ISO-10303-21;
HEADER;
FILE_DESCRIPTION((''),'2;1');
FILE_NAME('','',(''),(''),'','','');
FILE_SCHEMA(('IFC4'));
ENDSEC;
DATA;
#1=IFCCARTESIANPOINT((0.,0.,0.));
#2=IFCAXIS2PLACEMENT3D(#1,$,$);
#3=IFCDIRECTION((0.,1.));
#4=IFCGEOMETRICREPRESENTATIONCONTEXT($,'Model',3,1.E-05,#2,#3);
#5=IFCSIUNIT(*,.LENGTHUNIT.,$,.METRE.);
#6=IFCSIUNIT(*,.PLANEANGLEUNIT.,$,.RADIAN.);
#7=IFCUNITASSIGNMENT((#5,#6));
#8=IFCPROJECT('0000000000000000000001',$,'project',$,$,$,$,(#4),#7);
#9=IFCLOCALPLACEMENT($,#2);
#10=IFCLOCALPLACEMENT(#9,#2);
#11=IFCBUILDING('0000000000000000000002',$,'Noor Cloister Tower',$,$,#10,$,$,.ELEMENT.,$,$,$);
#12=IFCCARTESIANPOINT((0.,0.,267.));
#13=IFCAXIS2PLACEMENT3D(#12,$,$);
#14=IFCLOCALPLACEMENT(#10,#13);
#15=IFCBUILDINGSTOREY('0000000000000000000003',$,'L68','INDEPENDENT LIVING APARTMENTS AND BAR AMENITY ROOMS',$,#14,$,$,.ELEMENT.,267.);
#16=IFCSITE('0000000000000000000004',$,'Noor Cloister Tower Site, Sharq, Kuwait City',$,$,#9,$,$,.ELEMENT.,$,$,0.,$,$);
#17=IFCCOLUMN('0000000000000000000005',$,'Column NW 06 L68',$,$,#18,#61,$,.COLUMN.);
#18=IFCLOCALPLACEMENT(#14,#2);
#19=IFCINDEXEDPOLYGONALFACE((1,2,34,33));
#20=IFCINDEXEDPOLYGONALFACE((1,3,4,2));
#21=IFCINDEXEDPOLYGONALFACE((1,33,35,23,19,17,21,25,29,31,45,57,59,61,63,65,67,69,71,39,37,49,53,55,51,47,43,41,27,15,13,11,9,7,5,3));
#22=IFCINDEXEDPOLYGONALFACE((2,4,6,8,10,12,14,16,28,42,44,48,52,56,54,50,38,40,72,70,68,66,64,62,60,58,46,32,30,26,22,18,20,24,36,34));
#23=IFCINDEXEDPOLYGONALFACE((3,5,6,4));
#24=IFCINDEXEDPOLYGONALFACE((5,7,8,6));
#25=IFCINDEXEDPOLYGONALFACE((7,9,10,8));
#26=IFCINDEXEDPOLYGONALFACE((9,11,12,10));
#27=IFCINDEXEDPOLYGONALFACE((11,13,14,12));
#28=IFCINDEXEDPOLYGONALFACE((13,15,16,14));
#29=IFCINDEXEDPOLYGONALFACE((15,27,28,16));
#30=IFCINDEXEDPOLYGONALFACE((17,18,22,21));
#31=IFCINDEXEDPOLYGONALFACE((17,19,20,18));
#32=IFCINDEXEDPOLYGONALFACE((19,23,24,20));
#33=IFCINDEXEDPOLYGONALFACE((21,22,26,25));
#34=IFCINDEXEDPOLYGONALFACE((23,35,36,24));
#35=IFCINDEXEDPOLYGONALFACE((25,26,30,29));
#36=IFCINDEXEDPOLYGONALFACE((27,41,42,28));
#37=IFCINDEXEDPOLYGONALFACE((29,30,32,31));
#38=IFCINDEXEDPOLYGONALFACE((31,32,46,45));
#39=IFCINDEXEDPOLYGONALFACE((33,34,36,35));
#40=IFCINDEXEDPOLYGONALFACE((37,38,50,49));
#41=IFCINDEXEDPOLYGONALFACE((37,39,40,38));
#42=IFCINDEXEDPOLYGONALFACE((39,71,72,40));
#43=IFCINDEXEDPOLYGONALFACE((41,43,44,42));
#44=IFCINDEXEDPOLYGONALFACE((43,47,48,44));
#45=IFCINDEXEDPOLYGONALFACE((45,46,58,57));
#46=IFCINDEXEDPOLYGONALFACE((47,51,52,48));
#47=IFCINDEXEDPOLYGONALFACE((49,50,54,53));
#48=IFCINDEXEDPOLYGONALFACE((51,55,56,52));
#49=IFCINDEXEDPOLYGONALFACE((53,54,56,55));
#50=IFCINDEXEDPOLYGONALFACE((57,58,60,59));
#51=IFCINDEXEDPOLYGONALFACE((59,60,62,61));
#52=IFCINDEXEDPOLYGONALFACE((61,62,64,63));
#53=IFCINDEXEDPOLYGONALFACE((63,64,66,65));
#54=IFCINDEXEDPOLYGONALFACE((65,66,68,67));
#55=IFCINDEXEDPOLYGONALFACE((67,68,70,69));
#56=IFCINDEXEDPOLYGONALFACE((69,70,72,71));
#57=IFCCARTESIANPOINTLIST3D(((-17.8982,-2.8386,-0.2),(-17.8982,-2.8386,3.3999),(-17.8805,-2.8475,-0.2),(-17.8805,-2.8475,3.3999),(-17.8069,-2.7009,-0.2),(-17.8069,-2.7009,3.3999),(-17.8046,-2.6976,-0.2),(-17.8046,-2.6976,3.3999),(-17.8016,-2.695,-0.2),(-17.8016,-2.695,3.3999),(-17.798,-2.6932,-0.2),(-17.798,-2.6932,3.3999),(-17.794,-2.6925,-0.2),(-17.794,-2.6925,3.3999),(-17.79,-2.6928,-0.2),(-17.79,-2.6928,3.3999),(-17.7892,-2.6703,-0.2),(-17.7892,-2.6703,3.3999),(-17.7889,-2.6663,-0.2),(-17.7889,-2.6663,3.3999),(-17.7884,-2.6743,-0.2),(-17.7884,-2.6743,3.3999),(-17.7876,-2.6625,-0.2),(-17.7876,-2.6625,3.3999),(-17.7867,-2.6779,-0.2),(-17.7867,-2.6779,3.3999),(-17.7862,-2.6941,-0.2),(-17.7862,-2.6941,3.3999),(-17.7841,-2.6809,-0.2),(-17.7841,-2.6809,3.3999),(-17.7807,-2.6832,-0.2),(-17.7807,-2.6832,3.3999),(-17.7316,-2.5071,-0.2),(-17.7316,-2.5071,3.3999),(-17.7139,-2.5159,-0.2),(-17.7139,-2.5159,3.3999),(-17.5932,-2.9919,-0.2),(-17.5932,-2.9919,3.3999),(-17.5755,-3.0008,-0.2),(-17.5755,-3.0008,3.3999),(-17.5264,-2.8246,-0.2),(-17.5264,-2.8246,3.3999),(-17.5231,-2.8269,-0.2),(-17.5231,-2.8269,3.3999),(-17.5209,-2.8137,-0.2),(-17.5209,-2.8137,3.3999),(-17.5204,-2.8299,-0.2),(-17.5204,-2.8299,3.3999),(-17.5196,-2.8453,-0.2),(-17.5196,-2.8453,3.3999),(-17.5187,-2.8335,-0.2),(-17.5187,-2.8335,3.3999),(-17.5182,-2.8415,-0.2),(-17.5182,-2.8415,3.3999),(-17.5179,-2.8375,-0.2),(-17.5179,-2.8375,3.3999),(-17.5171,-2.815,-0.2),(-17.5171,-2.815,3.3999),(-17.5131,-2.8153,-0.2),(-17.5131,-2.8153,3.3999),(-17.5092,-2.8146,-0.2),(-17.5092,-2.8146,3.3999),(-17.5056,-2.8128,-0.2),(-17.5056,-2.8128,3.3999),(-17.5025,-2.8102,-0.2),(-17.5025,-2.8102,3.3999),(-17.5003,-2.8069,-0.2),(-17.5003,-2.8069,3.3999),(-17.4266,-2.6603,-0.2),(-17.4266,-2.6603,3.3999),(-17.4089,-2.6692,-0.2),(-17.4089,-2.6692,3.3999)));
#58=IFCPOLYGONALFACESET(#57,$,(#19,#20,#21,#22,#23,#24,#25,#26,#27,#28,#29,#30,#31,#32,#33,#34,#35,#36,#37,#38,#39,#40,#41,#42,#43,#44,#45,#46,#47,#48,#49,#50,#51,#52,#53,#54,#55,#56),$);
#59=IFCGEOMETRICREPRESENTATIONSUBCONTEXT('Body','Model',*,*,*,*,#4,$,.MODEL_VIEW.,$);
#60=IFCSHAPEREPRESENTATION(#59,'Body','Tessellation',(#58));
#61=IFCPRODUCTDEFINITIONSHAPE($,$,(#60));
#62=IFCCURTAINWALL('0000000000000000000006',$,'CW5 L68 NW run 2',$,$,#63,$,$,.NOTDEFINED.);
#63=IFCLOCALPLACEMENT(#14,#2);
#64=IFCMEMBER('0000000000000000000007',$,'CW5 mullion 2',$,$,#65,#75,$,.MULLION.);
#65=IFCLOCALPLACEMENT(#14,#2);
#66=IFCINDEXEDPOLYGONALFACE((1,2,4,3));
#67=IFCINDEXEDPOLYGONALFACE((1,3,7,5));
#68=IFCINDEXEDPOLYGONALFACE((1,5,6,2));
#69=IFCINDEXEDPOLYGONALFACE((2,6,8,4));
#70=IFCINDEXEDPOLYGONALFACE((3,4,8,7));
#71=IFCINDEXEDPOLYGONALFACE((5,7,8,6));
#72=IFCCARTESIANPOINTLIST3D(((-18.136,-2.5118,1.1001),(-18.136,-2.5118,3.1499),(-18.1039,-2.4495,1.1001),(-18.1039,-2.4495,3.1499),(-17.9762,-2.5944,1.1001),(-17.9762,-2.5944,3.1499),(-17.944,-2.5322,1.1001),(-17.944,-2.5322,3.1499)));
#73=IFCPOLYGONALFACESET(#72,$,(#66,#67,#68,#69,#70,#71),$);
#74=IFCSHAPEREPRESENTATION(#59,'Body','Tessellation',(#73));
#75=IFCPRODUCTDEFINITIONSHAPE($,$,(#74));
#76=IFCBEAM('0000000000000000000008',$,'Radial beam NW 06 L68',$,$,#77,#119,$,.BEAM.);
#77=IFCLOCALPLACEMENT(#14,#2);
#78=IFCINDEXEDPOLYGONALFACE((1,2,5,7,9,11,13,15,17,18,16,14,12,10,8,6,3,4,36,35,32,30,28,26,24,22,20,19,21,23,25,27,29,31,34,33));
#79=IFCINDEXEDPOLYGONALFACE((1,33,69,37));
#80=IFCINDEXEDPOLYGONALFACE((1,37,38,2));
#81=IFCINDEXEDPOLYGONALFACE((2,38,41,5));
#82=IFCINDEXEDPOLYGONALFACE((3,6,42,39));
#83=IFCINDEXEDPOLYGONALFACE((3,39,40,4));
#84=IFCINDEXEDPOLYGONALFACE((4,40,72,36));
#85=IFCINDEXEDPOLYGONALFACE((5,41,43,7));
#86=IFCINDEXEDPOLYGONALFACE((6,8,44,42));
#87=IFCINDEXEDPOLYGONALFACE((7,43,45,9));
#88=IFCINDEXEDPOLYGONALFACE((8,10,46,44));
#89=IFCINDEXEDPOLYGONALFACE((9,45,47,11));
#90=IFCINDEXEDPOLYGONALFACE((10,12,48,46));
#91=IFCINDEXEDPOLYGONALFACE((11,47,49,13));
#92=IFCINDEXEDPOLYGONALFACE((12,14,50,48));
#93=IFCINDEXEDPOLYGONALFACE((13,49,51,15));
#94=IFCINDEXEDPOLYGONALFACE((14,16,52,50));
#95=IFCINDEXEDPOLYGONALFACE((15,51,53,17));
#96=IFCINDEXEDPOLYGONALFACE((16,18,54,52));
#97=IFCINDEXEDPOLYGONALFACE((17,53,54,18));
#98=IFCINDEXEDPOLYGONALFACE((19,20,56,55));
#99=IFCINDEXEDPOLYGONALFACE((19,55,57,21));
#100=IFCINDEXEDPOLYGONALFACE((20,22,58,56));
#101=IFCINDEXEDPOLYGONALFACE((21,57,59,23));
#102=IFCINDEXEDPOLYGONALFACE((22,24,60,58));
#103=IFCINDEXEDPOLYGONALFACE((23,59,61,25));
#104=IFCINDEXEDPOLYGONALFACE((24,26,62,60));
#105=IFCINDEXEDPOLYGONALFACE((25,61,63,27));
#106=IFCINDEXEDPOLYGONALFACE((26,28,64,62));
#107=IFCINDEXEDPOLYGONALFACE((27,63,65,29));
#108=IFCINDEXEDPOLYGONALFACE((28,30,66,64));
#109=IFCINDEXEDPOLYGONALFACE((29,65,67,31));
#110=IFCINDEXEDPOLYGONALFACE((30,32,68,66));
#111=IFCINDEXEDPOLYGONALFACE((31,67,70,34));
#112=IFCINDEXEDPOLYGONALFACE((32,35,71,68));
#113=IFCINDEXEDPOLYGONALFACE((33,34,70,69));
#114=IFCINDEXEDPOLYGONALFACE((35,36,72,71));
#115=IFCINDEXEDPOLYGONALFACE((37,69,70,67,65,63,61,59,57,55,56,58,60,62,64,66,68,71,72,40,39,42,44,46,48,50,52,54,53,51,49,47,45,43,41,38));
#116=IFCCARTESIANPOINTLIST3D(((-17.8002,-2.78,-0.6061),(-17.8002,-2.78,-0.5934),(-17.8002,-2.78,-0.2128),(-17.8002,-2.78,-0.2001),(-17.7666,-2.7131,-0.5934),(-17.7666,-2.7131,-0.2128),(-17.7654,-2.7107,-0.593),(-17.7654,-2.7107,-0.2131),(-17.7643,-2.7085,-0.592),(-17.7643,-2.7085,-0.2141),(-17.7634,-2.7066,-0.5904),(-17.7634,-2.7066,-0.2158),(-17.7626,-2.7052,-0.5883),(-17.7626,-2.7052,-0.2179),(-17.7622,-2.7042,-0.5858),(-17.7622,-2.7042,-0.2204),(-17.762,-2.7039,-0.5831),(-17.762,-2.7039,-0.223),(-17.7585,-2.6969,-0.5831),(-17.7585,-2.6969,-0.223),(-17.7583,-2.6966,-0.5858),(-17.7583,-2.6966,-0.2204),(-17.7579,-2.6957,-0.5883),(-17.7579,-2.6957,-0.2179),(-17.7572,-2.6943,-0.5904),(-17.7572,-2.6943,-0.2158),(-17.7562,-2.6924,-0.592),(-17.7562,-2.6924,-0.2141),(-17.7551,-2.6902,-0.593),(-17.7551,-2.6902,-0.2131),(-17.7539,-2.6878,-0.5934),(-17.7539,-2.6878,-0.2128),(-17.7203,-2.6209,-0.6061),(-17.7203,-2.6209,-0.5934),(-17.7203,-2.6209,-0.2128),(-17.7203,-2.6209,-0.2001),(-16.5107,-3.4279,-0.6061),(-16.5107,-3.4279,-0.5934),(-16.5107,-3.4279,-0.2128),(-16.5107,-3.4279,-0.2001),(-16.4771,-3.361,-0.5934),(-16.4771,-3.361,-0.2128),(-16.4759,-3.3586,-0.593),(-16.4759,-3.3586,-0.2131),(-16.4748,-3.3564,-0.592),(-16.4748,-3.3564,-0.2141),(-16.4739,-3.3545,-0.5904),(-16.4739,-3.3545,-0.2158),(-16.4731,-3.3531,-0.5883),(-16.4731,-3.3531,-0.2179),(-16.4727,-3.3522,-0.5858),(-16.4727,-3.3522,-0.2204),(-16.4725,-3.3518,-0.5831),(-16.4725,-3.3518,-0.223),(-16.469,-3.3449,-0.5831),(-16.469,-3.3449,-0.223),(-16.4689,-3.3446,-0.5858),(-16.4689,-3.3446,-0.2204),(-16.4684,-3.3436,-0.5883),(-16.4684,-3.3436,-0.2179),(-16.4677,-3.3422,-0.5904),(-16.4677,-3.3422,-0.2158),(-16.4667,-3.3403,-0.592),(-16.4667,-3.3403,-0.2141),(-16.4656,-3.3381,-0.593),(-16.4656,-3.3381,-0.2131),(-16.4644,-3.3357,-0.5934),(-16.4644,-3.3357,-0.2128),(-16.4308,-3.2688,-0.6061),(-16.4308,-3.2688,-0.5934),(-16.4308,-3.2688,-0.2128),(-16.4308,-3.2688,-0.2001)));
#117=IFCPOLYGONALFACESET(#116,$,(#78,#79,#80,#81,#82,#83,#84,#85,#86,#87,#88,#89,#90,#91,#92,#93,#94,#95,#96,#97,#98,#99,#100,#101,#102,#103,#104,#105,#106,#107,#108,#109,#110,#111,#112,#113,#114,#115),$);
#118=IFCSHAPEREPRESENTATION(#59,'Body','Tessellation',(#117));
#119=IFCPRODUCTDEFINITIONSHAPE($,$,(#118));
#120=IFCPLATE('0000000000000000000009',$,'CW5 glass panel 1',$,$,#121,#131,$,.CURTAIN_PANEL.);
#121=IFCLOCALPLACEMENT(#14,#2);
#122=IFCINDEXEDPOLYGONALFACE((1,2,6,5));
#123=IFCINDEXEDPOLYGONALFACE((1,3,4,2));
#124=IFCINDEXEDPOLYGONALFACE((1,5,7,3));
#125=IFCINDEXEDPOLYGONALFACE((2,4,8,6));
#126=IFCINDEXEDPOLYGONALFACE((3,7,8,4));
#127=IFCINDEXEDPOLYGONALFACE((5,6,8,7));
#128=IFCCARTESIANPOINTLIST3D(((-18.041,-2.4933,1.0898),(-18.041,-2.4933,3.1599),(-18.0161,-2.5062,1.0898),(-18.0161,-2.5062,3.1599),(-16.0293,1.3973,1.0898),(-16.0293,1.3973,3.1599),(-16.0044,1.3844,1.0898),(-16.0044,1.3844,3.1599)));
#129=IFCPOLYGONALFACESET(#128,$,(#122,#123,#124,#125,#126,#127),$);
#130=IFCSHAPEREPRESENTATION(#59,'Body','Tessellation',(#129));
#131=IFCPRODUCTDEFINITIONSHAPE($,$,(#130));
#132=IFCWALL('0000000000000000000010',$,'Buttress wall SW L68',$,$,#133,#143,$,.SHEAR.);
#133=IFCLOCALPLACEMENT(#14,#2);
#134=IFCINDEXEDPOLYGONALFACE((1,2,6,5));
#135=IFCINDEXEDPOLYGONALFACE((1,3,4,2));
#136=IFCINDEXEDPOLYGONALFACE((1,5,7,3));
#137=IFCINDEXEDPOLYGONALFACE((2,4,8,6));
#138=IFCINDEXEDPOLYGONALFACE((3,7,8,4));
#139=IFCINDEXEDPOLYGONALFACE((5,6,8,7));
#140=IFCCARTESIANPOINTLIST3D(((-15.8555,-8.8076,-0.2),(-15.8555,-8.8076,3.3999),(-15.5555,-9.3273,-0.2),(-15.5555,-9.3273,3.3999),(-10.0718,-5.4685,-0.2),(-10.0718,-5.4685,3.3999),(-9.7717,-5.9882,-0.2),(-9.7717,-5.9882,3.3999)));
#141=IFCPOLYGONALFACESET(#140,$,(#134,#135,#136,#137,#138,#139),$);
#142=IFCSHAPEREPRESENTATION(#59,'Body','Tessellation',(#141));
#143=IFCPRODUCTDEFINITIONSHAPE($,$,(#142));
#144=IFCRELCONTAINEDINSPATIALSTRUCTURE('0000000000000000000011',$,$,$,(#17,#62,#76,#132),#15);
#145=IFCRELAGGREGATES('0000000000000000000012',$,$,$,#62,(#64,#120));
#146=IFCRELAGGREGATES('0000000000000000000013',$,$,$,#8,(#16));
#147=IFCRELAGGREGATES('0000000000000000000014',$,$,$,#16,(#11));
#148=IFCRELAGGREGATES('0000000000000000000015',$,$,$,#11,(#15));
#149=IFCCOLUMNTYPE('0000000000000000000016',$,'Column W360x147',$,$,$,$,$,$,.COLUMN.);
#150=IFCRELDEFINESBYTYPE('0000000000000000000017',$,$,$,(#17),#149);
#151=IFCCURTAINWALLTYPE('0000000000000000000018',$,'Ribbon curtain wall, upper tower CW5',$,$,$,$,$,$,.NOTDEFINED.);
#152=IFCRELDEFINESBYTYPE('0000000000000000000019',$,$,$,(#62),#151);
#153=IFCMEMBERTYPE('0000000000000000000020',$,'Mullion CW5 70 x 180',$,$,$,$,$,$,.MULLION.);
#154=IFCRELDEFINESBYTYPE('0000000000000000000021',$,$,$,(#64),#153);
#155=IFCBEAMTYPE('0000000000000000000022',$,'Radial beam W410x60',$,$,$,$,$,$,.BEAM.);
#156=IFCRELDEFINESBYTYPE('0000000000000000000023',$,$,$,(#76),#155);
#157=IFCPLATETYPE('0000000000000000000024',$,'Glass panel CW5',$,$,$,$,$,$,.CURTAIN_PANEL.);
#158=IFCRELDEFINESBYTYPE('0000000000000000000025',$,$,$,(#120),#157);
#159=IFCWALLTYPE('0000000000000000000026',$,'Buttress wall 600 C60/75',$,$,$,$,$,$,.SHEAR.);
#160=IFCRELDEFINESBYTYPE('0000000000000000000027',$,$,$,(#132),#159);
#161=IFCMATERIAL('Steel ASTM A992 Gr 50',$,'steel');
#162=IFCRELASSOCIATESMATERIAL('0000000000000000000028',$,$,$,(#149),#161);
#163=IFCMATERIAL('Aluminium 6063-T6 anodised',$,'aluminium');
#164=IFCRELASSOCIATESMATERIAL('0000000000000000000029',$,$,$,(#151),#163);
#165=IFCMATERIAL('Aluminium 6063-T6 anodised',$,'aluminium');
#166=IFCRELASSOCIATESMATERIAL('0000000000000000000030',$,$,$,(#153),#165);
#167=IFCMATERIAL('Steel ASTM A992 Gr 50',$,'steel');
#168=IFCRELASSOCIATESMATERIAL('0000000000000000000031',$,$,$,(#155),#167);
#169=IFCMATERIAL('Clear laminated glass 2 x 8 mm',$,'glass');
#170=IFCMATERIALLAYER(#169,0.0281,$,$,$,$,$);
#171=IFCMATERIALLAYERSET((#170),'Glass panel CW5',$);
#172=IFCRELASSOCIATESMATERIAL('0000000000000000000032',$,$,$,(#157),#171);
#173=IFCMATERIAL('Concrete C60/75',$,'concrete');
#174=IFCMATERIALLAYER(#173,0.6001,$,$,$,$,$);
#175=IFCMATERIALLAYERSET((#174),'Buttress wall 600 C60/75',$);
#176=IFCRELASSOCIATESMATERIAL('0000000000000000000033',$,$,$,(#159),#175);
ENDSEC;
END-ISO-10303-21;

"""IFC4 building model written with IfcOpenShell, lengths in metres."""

from ifc_helpers import new_model, si_unit, direction, frame, frame_2d, origin, origin_2d, place, context, subcontext, project, spatial, rectangle, i_section, extrude, material, layer, layer_set, material_profile, profile_set, type_object, element, aggregate, save


model = new_model("IFC4")

# Units and contexts
model_context = context("Model", 3, precision=1e-05, world=origin(), true_north=direction((0.0, 1.0)))
body_context = subcontext(model_context, "Body", "Model", "MODEL_VIEW")
ifc_project = project(units=[si_unit("LENGTHUNIT", "METRE"), si_unit("PLANEANGLEUNIT", "RADIAN")], contexts=[model_context])

# Site, building, storey
site_placement = place(None, origin())
site = spatial("IfcSite", under=ifc_project, at=site_placement, Name="Noor Cloister Tower Site, Sharq, Kuwait City", CompositionType="ELEMENT", RefElevation=0.0)
building_placement = place(site_placement, origin())
building = spatial("IfcBuilding", under=site, at=building_placement, Name="Noor Cloister Tower", CompositionType="ELEMENT")
storey_placement = place(building_placement, frame((0.0, 0.0, 267.0)))
storey = spatial("IfcBuildingStorey", under=building, at=storey_placement, Name="L68", Description="INDEPENDENT LIVING APARTMENTS AND BAR AMENITY ROOMS", CompositionType="ELEMENT", Elevation=267.0)

# Column
ifc_material_1 = material(Name="Steel ASTM A992 Gr 50", Category="steel")
ifc_material_profile_1 = material_profile(ifc_material_1, i_section(OverallWidth=0.3711, OverallDepth=0.3611, WebThickness=0.0122, FlangeThickness=0.0198, FilletRadius=0.0154, at=origin_2d()), Name="W360x147")
ifc_profile_set_1 = profile_set([ifc_material_profile_1], Name="Steel ASTM A992 Gr 50")
column_type = type_object("IfcColumnType", Name="Column W360x147", PredefinedType="COLUMN", material=ifc_profile_set_1)
column_placement = place(storey_placement, frame((-17.6536, -2.7539, -0.2), z_axis=(0.0, 0.0, 1.0), x_axis=(-0.448975, -0.893544, 0.0)))
element("IfcColumn", 1, at=column_placement, inside=storey, type_object=column_type, Name="Column NW 06 L68", PredefinedType="COLUMN", context=body_context, shape_type="SweptSolid", body=[
    extrude(i_section(OverallWidth=0.3711, OverallDepth=0.3611, WebThickness=0.0122, FlangeThickness=0.0198, FilletRadius=0.0154, at=origin_2d()), origin(), (0.0, 0.0, 1.0), 3.5999),
])

# Curtain wall, member
ifc_material_2 = material(Name="Aluminium 6063-T6 anodised", Category="aluminium")
curtain_wall_type = type_object("IfcCurtainWallType", Name="Ribbon curtain wall, upper tower CW5", PredefinedType="NOTDEFINED", material=ifc_material_2)
curtain_wall_placement = place(storey_placement, origin())
curtain_wall = element("IfcCurtainWall", 2, at=curtain_wall_placement, inside=storey, type_object=curtain_wall_type, Name="CW5 L68 NW run 2", PredefinedType="NOTDEFINED")
ifc_material_3 = material(Name="Aluminium 6063-T6 anodised", Category="aluminium")
ifc_material_profile_2 = material_profile(ifc_material_3, rectangle(XDim=0.1799, YDim=0.0701, at=origin_2d()), Name="180 x 70 mullion")
ifc_profile_set_2 = profile_set([ifc_material_profile_2], Name="Aluminium 6063-T6 anodised")
member_type = type_object("IfcMemberType", Name="Mullion CW5 70 x 180", PredefinedType="MULLION", material=ifc_profile_set_2)
member_placement = place(storey_placement, frame((-18.04, -2.522, 1.1001), z_axis=(0.0, 0.0, 1.0), x_axis=(0.888278, -0.459306, 0.0)))
member = element("IfcMember", 3, at=member_placement, type_object=member_type, Name="CW5 mullion 2", PredefinedType="MULLION", context=body_context, shape_type="SweptSolid", body=[
    extrude(rectangle(XDim=0.1799, YDim=0.0701, at=origin_2d()), origin(), (0.0, 0.0, 1.0), 2.0498),
])

# Beam
ifc_material_4 = material(Name="Steel ASTM A992 Gr 50", Category="steel")
ifc_material_profile_3 = material_profile(ifc_material_4, i_section(OverallWidth=0.178, OverallDepth=0.406, WebThickness=0.0078, FlangeThickness=0.0127, FilletRadius=0.0103, at=origin_2d()), Name="W410x60")
ifc_profile_set_3 = profile_set([ifc_material_profile_3], Name="Steel ASTM A992 Gr 50")
beam_type = type_object("IfcBeamType", Name="Radial beam W410x60", PredefinedType="BEAM", material=ifc_profile_set_3)
beam_placement = place(storey_placement, frame((-17.7603, -2.7004, -0.4031), z_axis=(0.893546, -0.448972, 0.0), x_axis=(0.448972, 0.893546, 0.0)))
element("IfcBeam", 4, at=beam_placement, inside=storey, type_object=beam_type, Name="Radial beam NW 06 L68", PredefinedType="BEAM", context=body_context, shape_type="SweptSolid", body=[
    extrude(i_section(OverallWidth=0.178, OverallDepth=0.406, WebThickness=0.0078, FlangeThickness=0.0127, FilletRadius=0.0103, at=origin_2d()), origin(), (0.0, 0.0, 1.0), 1.4431),
])

# Plate
ifc_material_5 = material(Name="Clear laminated glass 2 x 8 mm", Category="glass")
ifc_layer_1 = layer(ifc_material_5, 0.0281)
ifc_layer_set_1 = layer_set([ifc_layer_1], Name="Glass panel CW5")
plate_type = type_object("IfcPlateType", Name="Glass panel CW5", PredefinedType="CURTAIN_PANEL", material=ifc_layer_set_1)
plate_placement = place(storey_placement, frame((-17.0227, -0.5544, 1.0898), z_axis=(0.0, 0.0, 1.0), x_axis=(-0.459306, -0.888278, 0.0)))
plate = element("IfcPlate", 5, at=plate_placement, type_object=plate_type, Name="CW5 glass panel 1", PredefinedType="CURTAIN_PANEL", context=body_context, shape_type="SweptSolid", body=[
    extrude(rectangle(XDim=4.3799, YDim=0.0281, at=origin_2d()), origin(), (0.0, 0.0, 1.0), 2.0701),
])
aggregate(curtain_wall, [member, plate])

# Wall
ifc_material_6 = material(Name="Concrete C60/75", Category="concrete")
ifc_layer_2 = layer(ifc_material_6, 0.6001)
ifc_layer_set_2 = layer_set([ifc_layer_2], Name="Buttress wall 600 C60/75")
wall_type_1 = type_object("IfcWallType", Name="Buttress wall 600 C60/75", PredefinedType="SHEAR", material=ifc_layer_set_2)
wall_1_placement = place(storey_placement, frame((-9.9216, -5.7283, -0.2), z_axis=(0.0, 0.0, 1.0), x_axis=(-0.866032, -0.499988, 0.0)))
element("IfcWall", 6, at=wall_1_placement, inside=storey, type_object=wall_type_1, Name="Buttress wall SW L68", PredefinedType="SHEAR", context=body_context, shape_type="SweptSolid", body=[
    extrude(rectangle(XDim=6.6785, YDim=0.6001, at=frame_2d((3.3394, 0.0))), origin(), (0.0, 0.0, 1.0), 3.5999),
])

save(model, "model.ifc")
